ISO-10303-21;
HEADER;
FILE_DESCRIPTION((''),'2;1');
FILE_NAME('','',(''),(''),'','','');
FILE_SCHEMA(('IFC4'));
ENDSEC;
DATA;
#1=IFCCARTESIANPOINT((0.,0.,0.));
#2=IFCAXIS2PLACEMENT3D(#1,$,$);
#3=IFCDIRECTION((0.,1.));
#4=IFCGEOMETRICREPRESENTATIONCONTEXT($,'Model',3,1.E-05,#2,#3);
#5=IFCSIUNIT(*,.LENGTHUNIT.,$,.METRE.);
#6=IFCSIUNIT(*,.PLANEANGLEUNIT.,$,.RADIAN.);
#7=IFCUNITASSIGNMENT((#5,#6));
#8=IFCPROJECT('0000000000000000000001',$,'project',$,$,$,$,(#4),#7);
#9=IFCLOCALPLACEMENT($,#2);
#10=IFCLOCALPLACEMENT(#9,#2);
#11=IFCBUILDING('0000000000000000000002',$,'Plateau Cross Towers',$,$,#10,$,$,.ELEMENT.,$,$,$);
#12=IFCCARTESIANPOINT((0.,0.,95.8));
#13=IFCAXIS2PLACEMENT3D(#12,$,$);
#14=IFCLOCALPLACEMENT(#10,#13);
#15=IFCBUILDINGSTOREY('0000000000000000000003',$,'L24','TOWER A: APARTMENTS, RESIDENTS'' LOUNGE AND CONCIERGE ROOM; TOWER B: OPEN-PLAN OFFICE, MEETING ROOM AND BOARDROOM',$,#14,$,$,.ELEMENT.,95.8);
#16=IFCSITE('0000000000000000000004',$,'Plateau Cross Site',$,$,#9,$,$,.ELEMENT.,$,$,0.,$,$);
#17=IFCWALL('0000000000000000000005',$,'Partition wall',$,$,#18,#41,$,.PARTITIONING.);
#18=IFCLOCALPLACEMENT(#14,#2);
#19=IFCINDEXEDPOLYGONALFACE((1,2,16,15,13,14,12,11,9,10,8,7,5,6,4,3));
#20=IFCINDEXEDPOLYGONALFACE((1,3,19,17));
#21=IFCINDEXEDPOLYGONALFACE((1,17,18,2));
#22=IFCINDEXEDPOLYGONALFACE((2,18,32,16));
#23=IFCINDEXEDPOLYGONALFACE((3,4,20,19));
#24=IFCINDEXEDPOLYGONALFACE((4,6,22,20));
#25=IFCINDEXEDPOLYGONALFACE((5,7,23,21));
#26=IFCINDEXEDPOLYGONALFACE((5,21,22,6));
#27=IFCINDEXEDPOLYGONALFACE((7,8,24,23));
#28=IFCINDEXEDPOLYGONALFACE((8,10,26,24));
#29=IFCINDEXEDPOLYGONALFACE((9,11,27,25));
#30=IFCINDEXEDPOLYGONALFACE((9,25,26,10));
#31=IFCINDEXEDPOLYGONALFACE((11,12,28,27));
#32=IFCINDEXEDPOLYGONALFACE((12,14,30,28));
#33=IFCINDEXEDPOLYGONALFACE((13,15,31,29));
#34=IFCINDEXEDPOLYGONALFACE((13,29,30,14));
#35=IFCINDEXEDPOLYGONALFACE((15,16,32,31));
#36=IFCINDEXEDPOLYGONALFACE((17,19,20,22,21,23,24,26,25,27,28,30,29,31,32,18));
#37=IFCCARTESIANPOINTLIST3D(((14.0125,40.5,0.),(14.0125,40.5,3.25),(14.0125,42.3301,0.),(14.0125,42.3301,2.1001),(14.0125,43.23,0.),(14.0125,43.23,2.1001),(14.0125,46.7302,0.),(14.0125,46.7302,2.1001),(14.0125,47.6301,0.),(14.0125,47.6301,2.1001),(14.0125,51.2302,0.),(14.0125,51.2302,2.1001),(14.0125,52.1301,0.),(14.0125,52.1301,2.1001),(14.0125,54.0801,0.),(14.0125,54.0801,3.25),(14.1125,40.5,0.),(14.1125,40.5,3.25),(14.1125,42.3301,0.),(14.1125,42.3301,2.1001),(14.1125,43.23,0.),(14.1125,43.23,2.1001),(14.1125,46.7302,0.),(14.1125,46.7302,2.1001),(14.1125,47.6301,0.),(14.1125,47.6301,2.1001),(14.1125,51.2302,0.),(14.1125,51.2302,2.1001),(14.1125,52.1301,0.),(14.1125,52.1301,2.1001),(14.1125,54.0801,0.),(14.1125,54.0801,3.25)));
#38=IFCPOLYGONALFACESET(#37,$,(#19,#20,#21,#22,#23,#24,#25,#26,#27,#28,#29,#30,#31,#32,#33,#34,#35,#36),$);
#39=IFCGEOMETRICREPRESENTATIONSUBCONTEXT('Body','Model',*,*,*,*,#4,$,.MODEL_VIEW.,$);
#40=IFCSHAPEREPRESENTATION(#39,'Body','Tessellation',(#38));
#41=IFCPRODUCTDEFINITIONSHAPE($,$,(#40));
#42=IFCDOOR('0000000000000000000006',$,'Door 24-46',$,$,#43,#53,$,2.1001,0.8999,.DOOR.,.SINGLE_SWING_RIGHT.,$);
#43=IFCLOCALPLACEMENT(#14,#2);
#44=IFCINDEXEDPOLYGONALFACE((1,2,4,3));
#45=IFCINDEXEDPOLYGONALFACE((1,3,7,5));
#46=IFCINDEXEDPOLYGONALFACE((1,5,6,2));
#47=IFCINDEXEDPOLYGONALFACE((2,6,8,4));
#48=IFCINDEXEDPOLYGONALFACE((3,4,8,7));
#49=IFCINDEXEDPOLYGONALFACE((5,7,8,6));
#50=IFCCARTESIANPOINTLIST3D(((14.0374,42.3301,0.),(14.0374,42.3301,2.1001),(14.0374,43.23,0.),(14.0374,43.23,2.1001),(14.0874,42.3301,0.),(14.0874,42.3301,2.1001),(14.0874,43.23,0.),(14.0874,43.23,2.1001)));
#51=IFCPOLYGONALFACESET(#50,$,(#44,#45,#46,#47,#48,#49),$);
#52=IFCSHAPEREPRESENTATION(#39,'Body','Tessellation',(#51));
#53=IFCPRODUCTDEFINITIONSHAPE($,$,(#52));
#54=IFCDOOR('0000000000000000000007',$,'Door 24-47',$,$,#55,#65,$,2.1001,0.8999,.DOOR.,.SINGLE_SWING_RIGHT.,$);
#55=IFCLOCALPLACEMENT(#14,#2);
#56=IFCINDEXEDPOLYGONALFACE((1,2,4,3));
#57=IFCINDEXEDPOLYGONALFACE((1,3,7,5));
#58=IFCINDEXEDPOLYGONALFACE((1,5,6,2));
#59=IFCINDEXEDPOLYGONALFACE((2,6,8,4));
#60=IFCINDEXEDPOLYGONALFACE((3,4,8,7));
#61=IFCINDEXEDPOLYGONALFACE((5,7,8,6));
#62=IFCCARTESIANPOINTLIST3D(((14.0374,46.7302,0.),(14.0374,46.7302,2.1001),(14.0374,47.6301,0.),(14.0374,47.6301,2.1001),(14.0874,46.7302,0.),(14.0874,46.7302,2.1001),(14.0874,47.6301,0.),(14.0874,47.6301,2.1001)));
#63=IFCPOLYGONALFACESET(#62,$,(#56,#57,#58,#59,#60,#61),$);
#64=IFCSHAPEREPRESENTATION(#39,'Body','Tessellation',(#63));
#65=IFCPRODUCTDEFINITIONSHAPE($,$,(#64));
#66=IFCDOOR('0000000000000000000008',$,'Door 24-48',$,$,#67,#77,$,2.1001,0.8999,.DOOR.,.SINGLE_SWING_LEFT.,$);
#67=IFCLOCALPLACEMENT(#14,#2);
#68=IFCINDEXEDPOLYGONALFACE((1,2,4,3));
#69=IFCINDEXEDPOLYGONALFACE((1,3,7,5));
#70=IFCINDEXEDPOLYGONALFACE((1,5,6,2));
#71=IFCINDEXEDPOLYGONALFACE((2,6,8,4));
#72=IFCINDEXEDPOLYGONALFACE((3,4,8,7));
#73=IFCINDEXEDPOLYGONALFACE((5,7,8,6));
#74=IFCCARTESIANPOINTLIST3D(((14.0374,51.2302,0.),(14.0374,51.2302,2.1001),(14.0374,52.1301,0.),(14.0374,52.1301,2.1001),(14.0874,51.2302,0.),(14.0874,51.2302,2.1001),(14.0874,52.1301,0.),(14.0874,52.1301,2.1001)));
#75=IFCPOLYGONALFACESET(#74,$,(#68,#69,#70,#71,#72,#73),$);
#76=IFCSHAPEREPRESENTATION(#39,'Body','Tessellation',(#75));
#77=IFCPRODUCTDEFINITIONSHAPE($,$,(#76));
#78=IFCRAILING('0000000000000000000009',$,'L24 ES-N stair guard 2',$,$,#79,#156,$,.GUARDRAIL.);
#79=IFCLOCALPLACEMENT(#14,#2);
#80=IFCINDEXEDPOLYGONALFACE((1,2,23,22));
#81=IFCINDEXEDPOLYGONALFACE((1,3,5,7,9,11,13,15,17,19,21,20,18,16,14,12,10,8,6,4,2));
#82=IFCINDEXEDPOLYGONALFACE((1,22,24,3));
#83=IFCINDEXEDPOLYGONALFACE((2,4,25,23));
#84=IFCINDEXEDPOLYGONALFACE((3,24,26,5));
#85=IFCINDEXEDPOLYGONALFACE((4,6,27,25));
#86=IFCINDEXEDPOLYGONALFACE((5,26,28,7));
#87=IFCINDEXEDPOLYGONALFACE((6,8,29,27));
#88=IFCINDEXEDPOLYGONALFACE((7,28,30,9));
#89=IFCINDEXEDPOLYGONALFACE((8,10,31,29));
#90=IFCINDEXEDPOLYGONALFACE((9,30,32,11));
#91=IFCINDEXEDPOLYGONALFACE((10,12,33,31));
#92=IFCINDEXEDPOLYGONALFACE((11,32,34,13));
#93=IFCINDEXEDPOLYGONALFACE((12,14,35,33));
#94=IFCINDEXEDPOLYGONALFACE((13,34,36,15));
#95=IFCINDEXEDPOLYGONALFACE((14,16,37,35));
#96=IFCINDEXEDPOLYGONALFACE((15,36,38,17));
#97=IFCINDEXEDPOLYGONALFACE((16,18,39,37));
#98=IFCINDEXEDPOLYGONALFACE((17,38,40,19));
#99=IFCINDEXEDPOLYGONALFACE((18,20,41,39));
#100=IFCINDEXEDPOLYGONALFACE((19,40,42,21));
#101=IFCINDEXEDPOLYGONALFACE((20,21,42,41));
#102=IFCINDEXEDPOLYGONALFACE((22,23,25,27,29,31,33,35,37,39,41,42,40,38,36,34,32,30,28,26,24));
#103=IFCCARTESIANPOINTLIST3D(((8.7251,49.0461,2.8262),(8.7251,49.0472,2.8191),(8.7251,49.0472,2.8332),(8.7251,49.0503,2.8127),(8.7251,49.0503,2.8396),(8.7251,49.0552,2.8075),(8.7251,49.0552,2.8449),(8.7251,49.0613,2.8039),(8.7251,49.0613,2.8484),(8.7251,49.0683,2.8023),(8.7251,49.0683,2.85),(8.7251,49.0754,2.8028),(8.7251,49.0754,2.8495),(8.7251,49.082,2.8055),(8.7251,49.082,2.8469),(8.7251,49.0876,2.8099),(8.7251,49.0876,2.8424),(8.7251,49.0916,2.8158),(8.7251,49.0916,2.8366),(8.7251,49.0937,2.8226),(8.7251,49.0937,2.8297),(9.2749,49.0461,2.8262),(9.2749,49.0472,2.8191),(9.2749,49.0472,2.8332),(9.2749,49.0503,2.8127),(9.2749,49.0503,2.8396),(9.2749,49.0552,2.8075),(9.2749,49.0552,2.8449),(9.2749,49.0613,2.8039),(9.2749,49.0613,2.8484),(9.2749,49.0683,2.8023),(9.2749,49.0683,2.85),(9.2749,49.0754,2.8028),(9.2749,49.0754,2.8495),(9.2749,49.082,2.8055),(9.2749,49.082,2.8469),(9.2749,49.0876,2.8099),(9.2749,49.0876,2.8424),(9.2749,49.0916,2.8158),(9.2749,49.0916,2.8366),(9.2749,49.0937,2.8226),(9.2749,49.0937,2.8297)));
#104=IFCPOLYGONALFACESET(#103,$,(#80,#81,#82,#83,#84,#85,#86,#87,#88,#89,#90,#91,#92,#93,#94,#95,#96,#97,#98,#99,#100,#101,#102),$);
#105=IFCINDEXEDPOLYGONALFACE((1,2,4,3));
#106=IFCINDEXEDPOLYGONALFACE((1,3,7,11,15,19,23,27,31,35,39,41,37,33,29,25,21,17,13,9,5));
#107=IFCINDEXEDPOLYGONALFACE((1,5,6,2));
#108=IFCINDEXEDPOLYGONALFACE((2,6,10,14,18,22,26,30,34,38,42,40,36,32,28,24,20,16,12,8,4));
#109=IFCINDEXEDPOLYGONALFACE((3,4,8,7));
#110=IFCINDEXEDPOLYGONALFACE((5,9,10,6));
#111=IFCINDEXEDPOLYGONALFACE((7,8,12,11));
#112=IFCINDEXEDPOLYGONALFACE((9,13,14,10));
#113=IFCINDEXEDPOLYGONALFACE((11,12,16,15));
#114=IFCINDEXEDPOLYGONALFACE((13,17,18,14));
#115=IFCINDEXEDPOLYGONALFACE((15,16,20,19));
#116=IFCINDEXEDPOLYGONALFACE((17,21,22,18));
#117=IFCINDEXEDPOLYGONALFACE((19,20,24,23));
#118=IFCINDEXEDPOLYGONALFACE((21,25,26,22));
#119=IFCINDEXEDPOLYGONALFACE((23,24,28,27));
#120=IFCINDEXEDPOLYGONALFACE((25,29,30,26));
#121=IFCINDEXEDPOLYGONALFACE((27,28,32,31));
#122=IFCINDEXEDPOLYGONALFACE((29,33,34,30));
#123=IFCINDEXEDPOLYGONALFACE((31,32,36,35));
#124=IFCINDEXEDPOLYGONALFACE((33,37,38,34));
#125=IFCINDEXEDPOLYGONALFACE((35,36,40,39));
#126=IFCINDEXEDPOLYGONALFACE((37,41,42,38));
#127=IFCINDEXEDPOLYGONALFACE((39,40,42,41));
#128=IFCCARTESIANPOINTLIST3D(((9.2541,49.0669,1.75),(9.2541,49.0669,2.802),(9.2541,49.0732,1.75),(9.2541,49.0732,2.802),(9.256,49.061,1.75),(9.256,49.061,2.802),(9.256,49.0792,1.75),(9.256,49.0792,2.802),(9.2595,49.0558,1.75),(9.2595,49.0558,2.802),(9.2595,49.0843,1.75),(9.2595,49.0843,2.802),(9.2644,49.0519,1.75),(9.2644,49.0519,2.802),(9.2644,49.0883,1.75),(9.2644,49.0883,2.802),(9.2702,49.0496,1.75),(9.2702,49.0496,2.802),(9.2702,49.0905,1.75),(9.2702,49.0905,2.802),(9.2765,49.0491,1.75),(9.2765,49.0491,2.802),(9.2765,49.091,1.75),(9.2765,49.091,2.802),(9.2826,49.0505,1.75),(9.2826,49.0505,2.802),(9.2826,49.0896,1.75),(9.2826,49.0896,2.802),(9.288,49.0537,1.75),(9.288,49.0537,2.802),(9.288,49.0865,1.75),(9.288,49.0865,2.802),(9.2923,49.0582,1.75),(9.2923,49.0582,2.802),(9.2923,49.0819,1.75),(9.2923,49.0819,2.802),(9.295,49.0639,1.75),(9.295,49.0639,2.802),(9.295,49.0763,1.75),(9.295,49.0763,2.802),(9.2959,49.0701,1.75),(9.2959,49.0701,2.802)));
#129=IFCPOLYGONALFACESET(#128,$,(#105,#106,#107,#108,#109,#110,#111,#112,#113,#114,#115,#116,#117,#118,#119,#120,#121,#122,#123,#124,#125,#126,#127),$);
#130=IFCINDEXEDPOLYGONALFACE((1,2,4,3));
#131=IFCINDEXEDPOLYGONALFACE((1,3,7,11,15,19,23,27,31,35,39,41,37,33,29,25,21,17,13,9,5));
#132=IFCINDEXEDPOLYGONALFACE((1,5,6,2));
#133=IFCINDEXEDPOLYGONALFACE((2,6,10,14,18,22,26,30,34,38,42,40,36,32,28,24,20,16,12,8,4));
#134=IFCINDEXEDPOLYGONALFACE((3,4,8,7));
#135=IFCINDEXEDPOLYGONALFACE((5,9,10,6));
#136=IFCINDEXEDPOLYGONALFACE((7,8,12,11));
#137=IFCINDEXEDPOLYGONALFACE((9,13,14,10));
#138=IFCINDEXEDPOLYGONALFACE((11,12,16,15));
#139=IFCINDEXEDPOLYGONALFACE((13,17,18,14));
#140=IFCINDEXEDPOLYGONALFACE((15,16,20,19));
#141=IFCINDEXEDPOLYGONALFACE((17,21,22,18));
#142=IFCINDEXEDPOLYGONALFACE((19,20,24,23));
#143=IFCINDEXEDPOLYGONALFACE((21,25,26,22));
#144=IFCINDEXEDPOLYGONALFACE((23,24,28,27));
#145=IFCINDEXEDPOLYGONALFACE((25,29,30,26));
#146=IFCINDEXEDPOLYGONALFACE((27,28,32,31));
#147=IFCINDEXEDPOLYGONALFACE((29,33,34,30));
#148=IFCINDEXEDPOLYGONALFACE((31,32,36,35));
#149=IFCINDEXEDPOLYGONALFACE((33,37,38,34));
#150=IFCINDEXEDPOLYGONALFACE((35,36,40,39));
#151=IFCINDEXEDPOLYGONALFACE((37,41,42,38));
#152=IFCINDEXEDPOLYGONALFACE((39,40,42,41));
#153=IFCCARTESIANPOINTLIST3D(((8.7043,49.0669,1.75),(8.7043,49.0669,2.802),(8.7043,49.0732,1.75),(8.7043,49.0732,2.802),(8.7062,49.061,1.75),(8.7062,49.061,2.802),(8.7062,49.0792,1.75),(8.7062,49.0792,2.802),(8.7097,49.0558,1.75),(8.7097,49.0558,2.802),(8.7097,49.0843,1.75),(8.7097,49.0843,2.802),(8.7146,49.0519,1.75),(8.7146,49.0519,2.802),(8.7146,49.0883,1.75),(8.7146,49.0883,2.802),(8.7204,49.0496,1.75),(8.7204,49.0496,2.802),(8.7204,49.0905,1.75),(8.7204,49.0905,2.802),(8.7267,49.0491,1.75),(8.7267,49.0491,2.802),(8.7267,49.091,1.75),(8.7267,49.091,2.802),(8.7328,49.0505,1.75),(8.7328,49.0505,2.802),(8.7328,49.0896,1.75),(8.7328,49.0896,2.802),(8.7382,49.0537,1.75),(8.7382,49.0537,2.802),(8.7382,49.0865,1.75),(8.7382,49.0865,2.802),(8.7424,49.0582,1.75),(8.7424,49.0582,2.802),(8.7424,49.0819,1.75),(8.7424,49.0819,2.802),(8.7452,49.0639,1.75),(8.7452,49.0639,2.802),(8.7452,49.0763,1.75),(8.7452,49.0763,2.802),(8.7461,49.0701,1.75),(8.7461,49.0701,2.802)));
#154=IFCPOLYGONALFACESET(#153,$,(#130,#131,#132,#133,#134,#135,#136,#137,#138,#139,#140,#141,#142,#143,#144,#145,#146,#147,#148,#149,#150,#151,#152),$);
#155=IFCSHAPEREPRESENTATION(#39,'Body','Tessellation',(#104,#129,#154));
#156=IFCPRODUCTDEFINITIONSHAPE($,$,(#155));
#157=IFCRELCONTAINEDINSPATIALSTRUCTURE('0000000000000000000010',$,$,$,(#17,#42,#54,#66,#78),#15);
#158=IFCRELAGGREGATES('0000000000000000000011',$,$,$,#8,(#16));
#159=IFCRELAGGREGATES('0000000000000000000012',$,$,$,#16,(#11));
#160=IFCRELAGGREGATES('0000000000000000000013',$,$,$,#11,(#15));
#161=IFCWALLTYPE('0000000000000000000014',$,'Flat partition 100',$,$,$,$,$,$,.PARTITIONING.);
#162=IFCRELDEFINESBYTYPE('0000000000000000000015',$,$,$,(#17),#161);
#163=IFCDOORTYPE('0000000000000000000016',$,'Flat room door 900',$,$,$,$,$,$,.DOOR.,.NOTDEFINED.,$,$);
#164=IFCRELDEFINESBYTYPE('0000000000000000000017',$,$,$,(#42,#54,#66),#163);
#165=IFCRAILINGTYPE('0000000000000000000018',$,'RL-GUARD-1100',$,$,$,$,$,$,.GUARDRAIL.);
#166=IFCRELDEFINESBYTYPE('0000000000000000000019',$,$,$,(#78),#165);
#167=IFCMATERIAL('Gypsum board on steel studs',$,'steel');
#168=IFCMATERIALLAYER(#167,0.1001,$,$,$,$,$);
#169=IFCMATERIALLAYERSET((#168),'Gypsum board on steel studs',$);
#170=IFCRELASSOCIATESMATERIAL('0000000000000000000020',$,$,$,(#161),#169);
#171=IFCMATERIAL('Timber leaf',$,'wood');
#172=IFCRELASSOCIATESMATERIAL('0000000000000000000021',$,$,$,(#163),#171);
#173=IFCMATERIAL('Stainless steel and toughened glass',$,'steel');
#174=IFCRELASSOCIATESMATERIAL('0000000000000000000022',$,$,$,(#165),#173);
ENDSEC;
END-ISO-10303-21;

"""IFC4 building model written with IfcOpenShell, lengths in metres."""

from ifc_helpers import new_model, si_unit, direction, frame, frame_2d, origin, origin_2d, place, context, subcontext, project, spatial, rectangle, circle, extrude, material, layer, layer_set, type_object, element, fill, save


model = new_model("IFC4")

# Units and contexts
model_context = context("Model", 3, precision=1e-05, world=origin(), true_north=direction((0.0, 1.0)))
body_context = subcontext(model_context, "Body", "Model", "MODEL_VIEW")
ifc_project = project(units=[si_unit("LENGTHUNIT", "METRE"), si_unit("PLANEANGLEUNIT", "RADIAN")], contexts=[model_context])

# Site, building, storey
site_placement = place(None, origin())
site = spatial("IfcSite", under=ifc_project, at=site_placement, Name="Plateau Cross Site", CompositionType="ELEMENT", RefElevation=0.0)
building_placement = place(site_placement, origin())
building = spatial("IfcBuilding", under=site, at=building_placement, Name="Plateau Cross Towers", CompositionType="ELEMENT")
storey_placement = place(building_placement, frame((0.0, 0.0, 95.8)))
storey = spatial("IfcBuildingStorey", under=building, at=storey_placement, Name="L24", Description="TOWER A: APARTMENTS, RESIDENTS' LOUNGE AND CONCIERGE ROOM; TOWER B: OPEN-PLAN OFFICE, MEETING ROOM AND BOARDROOM", CompositionType="ELEMENT", Elevation=95.8)

# Shared definitions
ifc_material_1 = material(Name="Gypsum board on steel studs", Category="steel")
ifc_layer_1 = layer(ifc_material_1, 0.1001)
ifc_layer_set_1 = layer_set([ifc_layer_1], Name="Gypsum board on steel studs")
wall_type = type_object("IfcWallType", Name="Flat partition 100", PredefinedType="PARTITIONING", material=ifc_layer_set_1)

# Wall, openings, doors
wall_1_placement = place(storey_placement, frame((14.0625, 54.0801, 0.0), z_axis=(0.0, 0.0, 1.0), x_axis=(0.0, -1.0, 0.0)))
wall_1 = element("IfcWall", 1, at=wall_1_placement, inside=storey, type_object=wall_type, Name="Partition wall", PredefinedType="PARTITIONING", context=body_context, shape_type="SweptSolid", body=[
    extrude(rectangle(XDim=13.5801, YDim=0.1001, at=frame_2d((6.79, 0.0))), origin(), (0.0, 0.0, 1.0), 3.25),
])
opening_1_placement = place(wall_1_placement, frame((10.8501, 0.0, 0.0)))
opening_1 = element("IfcOpeningElement", 2, at=opening_1_placement, cuts=wall_1, PredefinedType="OPENING", context=body_context, shape_type="SweptSolid", body=[
    extrude(rectangle(XDim=0.8999, YDim=2.1001, at=frame_2d((0.45, 1.05))), frame((0.0, 0.0601, 0.0), z_axis=(0.0, -1.0, 0.0), x_axis=(1.0, 0.0, 0.0)), (0.0, 0.0, 1.0), 0.1201),
])
opening_2_placement = place(wall_1_placement, frame((6.45, 0.0, 0.0)))
opening_2 = element("IfcOpeningElement", 3, at=opening_2_placement, cuts=wall_1, PredefinedType="OPENING", context=body_context, shape_type="SweptSolid", body=[
    extrude(rectangle(XDim=0.8999, YDim=2.1001, at=frame_2d((0.45, 1.05))), frame((0.0, 0.0601, 0.0), z_axis=(0.0, -1.0, 0.0), x_axis=(1.0, 0.0, 0.0)), (0.0, 0.0, 1.0), 0.1201),
])
opening_3_placement = place(wall_1_placement, frame((1.95, 0.0, 0.0)))
opening_3 = element("IfcOpeningElement", 4, at=opening_3_placement, cuts=wall_1, PredefinedType="OPENING", context=body_context, shape_type="SweptSolid", body=[
    extrude(rectangle(XDim=0.8999, YDim=2.1001, at=frame_2d((0.45, 1.05))), frame((0.0, 0.0601, 0.0), z_axis=(0.0, -1.0, 0.0), x_axis=(1.0, 0.0, 0.0)), (0.0, 0.0, 1.0), 0.1201),
])
ifc_material_2 = material(Name="Timber leaf", Category="wood")
door_type = type_object("IfcDoorType", Name="Flat room door 900", OperationType="NOTDEFINED", PredefinedType="DOOR", material=ifc_material_2)
door_1_placement = place(opening_1_placement, origin())
door_1 = element("IfcDoor", 5, at=door_1_placement, inside=storey, type_object=door_type, Name="Door 24-46", OperationType="SINGLE_SWING_RIGHT", OverallHeight=2.1001, OverallWidth=0.8999, PredefinedType="DOOR", context=body_context, shape_type="SweptSolid", body=[
    extrude(rectangle(XDim=0.8999, YDim=2.1001, at=frame_2d((0.45, 1.05))), frame((0.0, 0.0249, 0.0), z_axis=(0.0, -1.0, 0.0), x_axis=(1.0, 0.0, 0.0)), (0.0, 0.0, 1.0), 0.05),
])
fill(opening_1, door_1)
door_2_placement = place(opening_2_placement, origin())
door_2 = element("IfcDoor", 6, at=door_2_placement, inside=storey, type_object=door_type, Name="Door 24-47", OperationType="SINGLE_SWING_RIGHT", OverallHeight=2.1001, OverallWidth=0.8999, PredefinedType="DOOR", context=body_context, shape_type="SweptSolid", body=[
    extrude(rectangle(XDim=0.8999, YDim=2.1001, at=frame_2d((0.45, 1.05))), frame((0.0, 0.0249, 0.0), z_axis=(0.0, -1.0, 0.0), x_axis=(1.0, 0.0, 0.0)), (0.0, 0.0, 1.0), 0.05),
])
fill(opening_2, door_2)
door_3_placement = place(opening_3_placement, origin())
door_3 = element("IfcDoor", 7, at=door_3_placement, inside=storey, type_object=door_type, Name="Door 24-48", OperationType="SINGLE_SWING_LEFT", OverallHeight=2.1001, OverallWidth=0.8999, PredefinedType="DOOR", context=body_context, shape_type="SweptSolid", body=[
    extrude(rectangle(XDim=0.8999, YDim=2.1001, at=frame_2d((0.45, 1.05))), frame((0.0, 0.0249, 0.0), z_axis=(0.0, -1.0, 0.0), x_axis=(1.0, 0.0, 0.0)), (0.0, 0.0, 1.0), 0.05),
])
fill(opening_3, door_3)

# Railing
ifc_material_3 = material(Name="Stainless steel and toughened glass", Category="steel")
railing_type_1 = type_object("IfcRailingType", Name="RL-GUARD-1100", PredefinedType="GUARDRAIL", material=ifc_material_3)
railing_1_placement = place(storey_placement, frame((9.2749, 49.0701, 1.75)))
element("IfcRailing", 8, at=railing_1_placement, inside=storey, type_object=railing_type_1, Name="L24 ES-N stair guard 2", PredefinedType="GUARDRAIL", context=body_context, shape_type="SweptSolid", body=[
    extrude(circle(Radius=0.0239, at=origin_2d()), frame((0.0, 0.0, 1.0762), z_axis=(-1.0, 0.0, 0.0), x_axis=(0.0, -1.0, 0.0)), (0.0, 0.0, 1.0), 0.5498),
    extrude(circle(Radius=0.021, at=origin_2d()), origin(), (0.0, 0.0, 1.0), 1.052),
    extrude(circle(Radius=0.021, at=origin_2d()), frame((-0.5498, 0.0, 0.0)), (0.0, 0.0, 1.0), 1.052),
])

save(model, "model.ifc")
